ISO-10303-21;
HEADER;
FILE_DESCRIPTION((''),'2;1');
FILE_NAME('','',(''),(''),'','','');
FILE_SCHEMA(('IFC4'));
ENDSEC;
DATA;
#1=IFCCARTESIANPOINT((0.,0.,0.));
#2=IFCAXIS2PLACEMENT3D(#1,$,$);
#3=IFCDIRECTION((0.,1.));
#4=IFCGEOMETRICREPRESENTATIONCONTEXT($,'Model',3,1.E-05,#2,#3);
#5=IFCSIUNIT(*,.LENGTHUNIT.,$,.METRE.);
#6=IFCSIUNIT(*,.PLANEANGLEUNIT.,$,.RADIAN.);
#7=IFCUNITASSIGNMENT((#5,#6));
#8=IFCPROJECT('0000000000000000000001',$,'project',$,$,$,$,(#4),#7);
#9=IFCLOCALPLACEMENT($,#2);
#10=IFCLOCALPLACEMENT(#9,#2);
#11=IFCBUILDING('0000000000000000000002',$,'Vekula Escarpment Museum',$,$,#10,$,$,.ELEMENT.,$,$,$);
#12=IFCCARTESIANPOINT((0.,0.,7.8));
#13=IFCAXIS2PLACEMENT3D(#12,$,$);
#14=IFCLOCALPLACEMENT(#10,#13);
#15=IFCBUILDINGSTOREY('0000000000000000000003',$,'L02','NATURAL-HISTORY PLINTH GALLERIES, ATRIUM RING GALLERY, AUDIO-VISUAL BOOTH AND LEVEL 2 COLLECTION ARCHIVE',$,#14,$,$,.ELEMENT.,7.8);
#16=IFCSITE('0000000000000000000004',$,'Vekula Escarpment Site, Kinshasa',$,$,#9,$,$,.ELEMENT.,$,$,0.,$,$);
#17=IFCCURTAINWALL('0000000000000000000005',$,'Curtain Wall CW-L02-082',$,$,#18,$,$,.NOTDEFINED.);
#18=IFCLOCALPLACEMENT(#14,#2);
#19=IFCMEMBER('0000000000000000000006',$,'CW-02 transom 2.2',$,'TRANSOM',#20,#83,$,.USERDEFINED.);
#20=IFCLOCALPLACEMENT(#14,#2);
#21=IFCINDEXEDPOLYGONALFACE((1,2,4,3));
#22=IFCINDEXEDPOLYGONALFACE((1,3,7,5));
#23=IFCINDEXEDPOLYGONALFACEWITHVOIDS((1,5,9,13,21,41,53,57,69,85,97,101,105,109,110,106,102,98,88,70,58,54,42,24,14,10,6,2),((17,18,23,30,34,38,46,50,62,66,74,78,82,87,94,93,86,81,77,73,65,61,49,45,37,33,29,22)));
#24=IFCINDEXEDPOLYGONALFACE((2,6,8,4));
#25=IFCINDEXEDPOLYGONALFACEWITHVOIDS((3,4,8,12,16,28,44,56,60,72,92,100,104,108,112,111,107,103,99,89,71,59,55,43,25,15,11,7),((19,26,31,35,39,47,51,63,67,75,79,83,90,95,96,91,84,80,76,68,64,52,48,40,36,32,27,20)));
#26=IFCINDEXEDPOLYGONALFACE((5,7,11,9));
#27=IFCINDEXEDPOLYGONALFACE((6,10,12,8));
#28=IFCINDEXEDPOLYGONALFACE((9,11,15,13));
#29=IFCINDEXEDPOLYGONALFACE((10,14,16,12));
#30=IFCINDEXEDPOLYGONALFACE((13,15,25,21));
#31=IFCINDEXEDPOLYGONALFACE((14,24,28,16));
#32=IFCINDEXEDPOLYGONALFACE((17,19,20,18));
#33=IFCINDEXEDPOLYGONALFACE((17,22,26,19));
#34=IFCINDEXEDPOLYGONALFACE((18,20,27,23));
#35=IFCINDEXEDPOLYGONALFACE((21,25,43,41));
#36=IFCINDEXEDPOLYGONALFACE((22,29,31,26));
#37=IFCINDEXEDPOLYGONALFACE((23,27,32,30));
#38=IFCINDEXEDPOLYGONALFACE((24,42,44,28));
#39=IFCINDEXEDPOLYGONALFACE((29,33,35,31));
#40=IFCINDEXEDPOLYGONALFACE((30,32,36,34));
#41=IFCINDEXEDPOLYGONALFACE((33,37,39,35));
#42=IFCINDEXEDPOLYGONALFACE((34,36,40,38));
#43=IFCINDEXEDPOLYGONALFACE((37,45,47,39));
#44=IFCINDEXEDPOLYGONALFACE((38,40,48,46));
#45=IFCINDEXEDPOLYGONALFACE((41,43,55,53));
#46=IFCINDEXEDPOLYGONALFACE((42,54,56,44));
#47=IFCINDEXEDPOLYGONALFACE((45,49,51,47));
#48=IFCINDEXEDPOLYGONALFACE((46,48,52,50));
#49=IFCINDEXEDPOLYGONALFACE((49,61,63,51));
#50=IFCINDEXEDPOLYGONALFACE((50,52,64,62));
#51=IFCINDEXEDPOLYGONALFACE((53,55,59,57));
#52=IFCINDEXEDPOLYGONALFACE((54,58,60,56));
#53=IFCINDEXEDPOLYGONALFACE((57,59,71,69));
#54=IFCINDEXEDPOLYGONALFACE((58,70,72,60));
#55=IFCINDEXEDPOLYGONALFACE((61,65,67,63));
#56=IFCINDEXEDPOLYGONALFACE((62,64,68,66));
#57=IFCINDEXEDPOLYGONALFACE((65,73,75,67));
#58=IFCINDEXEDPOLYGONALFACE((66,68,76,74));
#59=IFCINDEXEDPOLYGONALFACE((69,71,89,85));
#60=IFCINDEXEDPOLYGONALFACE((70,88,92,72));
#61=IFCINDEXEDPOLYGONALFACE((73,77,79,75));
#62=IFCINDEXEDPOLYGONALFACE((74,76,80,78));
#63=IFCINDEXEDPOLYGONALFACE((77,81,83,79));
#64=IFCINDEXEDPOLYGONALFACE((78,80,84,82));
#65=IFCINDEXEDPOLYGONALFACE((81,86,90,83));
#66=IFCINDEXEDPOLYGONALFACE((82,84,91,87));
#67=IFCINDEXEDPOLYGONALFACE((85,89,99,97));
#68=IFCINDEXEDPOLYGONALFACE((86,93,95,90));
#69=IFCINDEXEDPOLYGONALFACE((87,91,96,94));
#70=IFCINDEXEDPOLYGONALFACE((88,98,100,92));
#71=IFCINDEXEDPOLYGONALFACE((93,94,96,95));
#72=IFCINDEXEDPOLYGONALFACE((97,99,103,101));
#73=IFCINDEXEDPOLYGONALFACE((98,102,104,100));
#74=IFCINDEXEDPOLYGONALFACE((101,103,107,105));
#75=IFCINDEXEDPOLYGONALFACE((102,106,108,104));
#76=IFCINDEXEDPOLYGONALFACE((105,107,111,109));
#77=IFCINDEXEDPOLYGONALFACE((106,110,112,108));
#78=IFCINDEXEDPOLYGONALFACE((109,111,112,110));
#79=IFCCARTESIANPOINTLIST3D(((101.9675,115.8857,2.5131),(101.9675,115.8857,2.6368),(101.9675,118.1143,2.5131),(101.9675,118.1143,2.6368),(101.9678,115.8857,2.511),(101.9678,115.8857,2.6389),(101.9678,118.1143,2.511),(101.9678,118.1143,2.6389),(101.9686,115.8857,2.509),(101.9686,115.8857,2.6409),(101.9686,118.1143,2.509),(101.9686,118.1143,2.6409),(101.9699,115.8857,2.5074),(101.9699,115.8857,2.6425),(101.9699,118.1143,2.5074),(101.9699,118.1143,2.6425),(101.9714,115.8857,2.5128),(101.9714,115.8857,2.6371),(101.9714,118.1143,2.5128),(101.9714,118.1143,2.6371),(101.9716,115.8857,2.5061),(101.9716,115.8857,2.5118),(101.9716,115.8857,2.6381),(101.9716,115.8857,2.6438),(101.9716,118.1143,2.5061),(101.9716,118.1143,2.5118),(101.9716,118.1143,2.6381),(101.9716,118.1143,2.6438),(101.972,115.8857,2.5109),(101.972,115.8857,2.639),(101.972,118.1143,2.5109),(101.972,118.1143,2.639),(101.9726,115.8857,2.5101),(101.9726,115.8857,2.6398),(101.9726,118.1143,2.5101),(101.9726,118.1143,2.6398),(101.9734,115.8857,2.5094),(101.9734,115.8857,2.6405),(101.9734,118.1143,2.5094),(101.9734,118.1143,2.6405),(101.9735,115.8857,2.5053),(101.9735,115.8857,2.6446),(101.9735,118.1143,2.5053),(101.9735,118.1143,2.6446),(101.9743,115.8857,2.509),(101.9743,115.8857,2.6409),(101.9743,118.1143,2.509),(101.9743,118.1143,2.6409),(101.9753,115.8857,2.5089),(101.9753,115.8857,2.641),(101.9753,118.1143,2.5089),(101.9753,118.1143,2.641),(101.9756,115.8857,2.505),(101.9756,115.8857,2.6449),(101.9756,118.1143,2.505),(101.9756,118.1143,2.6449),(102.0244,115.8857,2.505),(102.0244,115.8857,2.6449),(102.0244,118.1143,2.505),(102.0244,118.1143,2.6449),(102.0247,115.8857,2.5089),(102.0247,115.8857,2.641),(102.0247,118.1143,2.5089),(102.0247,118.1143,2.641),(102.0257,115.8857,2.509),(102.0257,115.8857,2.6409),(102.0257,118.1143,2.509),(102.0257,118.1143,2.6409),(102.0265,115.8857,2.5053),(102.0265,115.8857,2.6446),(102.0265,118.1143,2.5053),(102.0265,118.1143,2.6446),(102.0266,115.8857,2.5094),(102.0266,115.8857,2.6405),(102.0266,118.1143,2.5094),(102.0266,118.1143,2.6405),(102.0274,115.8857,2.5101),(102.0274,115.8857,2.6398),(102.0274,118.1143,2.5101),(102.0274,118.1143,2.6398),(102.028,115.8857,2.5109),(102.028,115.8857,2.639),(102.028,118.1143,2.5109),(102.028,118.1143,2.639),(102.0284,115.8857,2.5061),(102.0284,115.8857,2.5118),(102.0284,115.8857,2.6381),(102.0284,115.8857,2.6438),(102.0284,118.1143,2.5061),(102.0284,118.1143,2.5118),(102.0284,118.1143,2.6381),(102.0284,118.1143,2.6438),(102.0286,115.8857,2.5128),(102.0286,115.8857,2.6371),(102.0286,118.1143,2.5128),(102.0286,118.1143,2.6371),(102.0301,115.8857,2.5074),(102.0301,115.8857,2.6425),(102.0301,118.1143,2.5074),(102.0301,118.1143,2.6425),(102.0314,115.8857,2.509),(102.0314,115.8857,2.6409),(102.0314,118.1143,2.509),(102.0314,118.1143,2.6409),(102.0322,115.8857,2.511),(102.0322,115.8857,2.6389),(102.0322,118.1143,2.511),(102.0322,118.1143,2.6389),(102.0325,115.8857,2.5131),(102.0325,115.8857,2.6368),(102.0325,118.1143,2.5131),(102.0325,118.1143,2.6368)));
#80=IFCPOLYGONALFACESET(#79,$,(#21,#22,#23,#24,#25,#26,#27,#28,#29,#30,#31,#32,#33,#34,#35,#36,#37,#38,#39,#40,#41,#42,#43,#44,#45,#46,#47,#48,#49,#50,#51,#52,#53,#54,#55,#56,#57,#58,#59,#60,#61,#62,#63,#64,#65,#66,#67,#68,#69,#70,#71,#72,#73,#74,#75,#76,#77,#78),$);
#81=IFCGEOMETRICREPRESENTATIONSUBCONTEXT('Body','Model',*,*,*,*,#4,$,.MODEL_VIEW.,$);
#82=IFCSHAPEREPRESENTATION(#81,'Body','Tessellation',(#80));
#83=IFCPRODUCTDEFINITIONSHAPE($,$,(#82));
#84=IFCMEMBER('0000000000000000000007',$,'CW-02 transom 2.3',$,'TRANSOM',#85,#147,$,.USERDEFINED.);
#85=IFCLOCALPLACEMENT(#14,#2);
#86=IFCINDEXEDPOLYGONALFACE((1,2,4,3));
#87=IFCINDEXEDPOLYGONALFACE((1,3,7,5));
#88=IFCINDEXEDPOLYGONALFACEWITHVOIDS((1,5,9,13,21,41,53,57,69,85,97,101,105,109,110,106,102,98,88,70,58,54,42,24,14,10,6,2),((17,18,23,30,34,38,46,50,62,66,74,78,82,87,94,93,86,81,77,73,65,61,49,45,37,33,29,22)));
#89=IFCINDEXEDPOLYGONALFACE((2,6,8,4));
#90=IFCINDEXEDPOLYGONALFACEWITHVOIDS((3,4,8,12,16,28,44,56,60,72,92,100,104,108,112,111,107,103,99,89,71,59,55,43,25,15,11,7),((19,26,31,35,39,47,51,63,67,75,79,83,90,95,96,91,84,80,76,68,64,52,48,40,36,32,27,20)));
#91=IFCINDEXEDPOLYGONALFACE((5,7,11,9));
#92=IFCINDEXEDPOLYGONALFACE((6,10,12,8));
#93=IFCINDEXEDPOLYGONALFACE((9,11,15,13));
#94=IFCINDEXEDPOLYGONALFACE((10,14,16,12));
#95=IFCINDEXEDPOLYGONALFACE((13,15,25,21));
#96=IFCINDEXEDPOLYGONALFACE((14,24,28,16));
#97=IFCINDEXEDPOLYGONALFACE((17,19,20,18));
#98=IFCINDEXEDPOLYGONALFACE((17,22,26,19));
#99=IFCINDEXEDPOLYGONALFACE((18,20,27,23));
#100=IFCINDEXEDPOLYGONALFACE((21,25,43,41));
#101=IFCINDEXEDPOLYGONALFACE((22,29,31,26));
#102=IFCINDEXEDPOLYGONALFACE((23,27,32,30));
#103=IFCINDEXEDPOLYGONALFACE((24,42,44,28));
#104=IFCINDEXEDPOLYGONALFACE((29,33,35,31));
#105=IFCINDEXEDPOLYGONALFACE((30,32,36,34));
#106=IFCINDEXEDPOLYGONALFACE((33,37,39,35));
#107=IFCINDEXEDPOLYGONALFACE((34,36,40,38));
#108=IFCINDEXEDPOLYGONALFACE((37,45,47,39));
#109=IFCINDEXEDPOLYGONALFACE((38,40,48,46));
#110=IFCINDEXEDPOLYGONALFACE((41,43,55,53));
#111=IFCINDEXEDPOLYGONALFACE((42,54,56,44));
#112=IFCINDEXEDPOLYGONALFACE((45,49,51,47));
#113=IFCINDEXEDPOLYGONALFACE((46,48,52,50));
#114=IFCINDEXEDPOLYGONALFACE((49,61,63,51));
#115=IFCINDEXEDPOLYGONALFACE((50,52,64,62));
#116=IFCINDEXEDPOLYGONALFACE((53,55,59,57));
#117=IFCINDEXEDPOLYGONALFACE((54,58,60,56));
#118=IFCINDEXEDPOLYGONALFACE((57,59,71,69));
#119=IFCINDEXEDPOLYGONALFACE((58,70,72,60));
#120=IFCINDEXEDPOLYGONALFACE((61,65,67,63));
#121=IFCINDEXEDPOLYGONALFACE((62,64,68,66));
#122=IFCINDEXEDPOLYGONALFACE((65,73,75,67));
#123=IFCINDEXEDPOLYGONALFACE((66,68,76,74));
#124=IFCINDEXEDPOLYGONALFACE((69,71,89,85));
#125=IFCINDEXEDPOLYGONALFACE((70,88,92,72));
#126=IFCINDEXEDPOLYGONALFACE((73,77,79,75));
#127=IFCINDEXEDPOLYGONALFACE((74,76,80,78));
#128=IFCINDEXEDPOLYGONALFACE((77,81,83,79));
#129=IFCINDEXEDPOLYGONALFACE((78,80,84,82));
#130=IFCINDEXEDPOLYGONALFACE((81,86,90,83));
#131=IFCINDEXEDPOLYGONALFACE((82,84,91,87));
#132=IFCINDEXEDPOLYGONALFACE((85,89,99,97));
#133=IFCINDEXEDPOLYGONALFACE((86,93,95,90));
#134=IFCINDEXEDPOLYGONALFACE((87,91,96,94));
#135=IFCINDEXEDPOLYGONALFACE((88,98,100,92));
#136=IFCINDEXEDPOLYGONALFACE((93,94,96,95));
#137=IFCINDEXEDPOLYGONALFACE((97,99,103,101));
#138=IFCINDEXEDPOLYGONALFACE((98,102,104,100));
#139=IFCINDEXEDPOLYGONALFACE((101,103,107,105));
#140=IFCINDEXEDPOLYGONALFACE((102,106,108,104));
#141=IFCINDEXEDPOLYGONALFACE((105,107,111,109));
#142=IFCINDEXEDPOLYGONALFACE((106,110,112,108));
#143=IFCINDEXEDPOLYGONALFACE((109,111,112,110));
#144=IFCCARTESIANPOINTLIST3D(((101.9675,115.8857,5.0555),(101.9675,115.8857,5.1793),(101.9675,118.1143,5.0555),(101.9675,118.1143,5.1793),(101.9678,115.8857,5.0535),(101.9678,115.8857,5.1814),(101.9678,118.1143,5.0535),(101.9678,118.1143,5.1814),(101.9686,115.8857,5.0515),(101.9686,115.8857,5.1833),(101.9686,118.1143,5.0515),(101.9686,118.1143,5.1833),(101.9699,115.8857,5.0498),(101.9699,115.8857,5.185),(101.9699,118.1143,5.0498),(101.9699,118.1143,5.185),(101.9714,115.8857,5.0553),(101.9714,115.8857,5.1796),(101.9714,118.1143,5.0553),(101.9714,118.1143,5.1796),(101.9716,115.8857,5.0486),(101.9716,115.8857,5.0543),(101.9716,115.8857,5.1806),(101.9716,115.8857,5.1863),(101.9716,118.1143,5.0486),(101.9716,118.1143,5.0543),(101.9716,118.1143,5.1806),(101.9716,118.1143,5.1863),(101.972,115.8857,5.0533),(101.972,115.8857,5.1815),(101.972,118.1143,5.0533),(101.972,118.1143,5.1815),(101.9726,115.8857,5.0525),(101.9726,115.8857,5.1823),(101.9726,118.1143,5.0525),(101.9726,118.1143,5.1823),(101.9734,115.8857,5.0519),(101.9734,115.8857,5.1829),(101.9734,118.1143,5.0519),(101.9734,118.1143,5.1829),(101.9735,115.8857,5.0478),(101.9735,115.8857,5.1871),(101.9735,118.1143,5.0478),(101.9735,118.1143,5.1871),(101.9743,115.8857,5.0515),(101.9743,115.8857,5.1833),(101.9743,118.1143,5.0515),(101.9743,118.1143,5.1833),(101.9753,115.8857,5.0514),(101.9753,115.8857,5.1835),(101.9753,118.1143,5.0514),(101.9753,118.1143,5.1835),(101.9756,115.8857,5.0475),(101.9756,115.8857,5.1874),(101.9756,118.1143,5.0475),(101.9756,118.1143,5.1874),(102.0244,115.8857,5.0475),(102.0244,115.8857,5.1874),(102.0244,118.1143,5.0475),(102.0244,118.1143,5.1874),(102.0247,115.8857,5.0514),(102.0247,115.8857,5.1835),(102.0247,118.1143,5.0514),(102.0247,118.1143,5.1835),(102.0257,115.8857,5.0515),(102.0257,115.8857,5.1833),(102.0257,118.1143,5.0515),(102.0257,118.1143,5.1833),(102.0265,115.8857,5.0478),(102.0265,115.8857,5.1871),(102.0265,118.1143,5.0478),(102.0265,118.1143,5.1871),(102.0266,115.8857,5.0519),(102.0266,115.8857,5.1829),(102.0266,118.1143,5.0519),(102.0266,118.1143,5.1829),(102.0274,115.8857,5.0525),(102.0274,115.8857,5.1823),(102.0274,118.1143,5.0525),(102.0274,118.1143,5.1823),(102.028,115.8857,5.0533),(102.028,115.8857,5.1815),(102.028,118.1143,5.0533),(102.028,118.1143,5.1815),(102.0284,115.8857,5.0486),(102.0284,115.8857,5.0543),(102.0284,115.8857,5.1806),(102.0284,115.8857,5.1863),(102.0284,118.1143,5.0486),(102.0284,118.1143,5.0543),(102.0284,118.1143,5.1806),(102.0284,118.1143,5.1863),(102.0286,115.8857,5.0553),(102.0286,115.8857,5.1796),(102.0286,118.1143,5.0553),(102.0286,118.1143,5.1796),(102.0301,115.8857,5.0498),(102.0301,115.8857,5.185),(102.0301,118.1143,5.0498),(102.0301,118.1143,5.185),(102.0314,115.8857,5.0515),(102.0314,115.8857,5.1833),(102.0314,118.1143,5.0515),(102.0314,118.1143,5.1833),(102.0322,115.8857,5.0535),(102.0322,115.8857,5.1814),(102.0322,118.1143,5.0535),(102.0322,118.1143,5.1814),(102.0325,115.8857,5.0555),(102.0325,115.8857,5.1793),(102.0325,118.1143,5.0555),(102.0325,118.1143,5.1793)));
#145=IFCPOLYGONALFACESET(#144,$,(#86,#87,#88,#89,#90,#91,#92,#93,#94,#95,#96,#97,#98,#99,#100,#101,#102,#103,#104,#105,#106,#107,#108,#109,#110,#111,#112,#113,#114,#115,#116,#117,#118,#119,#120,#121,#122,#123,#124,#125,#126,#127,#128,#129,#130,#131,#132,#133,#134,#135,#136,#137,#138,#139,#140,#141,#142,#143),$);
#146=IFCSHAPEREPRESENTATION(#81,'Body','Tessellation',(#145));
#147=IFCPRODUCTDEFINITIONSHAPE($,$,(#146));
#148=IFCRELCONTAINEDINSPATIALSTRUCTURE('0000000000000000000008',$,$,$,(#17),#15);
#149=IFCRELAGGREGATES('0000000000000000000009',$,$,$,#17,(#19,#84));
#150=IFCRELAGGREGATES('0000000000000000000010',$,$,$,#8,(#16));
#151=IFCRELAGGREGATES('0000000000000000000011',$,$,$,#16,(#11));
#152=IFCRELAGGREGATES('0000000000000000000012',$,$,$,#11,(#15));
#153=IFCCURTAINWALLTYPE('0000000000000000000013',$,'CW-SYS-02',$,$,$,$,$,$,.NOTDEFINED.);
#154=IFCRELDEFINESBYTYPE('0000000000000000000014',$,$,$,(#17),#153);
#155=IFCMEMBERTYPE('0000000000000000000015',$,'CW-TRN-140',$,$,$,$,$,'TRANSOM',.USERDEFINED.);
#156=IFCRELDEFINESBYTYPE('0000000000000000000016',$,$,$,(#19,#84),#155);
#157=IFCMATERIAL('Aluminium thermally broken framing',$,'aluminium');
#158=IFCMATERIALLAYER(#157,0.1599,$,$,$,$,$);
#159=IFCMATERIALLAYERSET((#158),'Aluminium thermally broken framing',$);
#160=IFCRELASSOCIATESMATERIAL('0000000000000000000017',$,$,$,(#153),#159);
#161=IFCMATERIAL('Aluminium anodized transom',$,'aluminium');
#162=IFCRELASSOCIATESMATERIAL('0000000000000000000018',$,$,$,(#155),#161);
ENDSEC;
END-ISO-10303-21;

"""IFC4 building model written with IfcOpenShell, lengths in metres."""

from ifc_helpers import new_model, si_unit, direction, frame, origin, origin_2d, place, context, subcontext, project, spatial, hollow_rectangle, extrude, material, layer, layer_set, material_profile, profile_set, type_object, element, aggregate, save


model = new_model("IFC4")

# Units and contexts
model_context = context("Model", 3, precision=1e-05, world=origin(), true_north=direction((0.0, 1.0)))
body_context = subcontext(model_context, "Body", "Model", "MODEL_VIEW")
ifc_project = project(units=[si_unit("LENGTHUNIT", "METRE"), si_unit("PLANEANGLEUNIT", "RADIAN")], contexts=[model_context])

# Site, building, storey
site_placement = place(None, origin())
site = spatial("IfcSite", under=ifc_project, at=site_placement, Name="Vekula Escarpment Site, Kinshasa", CompositionType="ELEMENT", RefElevation=0.0)
building_placement = place(site_placement, origin())
building = spatial("IfcBuilding", under=site, at=building_placement, Name="Vekula Escarpment Museum", CompositionType="ELEMENT")
storey_placement = place(building_placement, frame((0.0, 0.0, 7.8)))
storey = spatial("IfcBuildingStorey", under=building, at=storey_placement, Name="L02", Description="NATURAL-HISTORY PLINTH GALLERIES, ATRIUM RING GALLERY, AUDIO-VISUAL BOOTH AND LEVEL 2 COLLECTION ARCHIVE", CompositionType="ELEMENT", Elevation=7.8)

# Curtain wall, members
ifc_material_1 = material(Name="Aluminium thermally broken framing", Category="aluminium")
ifc_layer_1 = layer(ifc_material_1, 0.1599)
ifc_layer_set_1 = layer_set([ifc_layer_1], Name="Aluminium thermally broken framing")
curtain_wall_type = type_object("IfcCurtainWallType", Name="CW-SYS-02", PredefinedType="NOTDEFINED", material=ifc_layer_set_1)
curtain_wall_placement = place(storey_placement, origin())
curtain_wall = element("IfcCurtainWall", 1, at=curtain_wall_placement, inside=storey, type_object=curtain_wall_type, Name="Curtain Wall CW-L02-082", PredefinedType="NOTDEFINED")
ifc_material_2 = material(Name="Aluminium anodized transom", Category="aluminium")
ifc_material_profile_1 = material_profile(ifc_material_2, hollow_rectangle(XDim=0.0649, YDim=0.1399, WallThickness=0.0039, InnerFilletRadius=0.0039, OuterFilletRadius=0.0081, at=origin_2d()), Name="ALU 140x65x4")
ifc_profile_set_1 = profile_set([ifc_material_profile_1], Name="Aluminium anodized transom")
member_type_1 = type_object("IfcMemberType", Name="CW-TRN-140", ElementType="TRANSOM", PredefinedType="USERDEFINED", material=ifc_profile_set_1)
member_1_placement = place(storey_placement, frame((102.0, 115.8857, 2.575), z_axis=(0.0, 1.0, 0.0), x_axis=(-1.0, 0.0, 0.0)))
member_1 = element("IfcMember", 2, at=member_1_placement, type_object=member_type_1, Name="CW-02 transom 2.2", ObjectType="TRANSOM", PredefinedType="USERDEFINED", context=body_context, shape_type="SweptSolid", body=[
    extrude(hollow_rectangle(XDim=0.0649, YDim=0.1399, WallThickness=0.0039, InnerFilletRadius=0.0039, OuterFilletRadius=0.0081, at=origin_2d()), origin(), (0.0, 0.0, 1.0), 2.2285),
])
member_2_placement = place(storey_placement, frame((102.0, 115.8857, 5.1174), z_axis=(0.0, 1.0, 0.0), x_axis=(-1.0, 0.0, 0.0)))
member_2 = element("IfcMember", 3, at=member_2_placement, type_object=member_type_1, Name="CW-02 transom 2.3", ObjectType="TRANSOM", PredefinedType="USERDEFINED", context=body_context, shape_type="SweptSolid", body=[
    extrude(hollow_rectangle(XDim=0.0649, YDim=0.1399, WallThickness=0.0039, InnerFilletRadius=0.0039, OuterFilletRadius=0.0081, at=origin_2d()), origin(), (0.0, 0.0, 1.0), 2.2285),
])

aggregate(curtain_wall, [member_1, member_2])

save(model, "model.ifc")
